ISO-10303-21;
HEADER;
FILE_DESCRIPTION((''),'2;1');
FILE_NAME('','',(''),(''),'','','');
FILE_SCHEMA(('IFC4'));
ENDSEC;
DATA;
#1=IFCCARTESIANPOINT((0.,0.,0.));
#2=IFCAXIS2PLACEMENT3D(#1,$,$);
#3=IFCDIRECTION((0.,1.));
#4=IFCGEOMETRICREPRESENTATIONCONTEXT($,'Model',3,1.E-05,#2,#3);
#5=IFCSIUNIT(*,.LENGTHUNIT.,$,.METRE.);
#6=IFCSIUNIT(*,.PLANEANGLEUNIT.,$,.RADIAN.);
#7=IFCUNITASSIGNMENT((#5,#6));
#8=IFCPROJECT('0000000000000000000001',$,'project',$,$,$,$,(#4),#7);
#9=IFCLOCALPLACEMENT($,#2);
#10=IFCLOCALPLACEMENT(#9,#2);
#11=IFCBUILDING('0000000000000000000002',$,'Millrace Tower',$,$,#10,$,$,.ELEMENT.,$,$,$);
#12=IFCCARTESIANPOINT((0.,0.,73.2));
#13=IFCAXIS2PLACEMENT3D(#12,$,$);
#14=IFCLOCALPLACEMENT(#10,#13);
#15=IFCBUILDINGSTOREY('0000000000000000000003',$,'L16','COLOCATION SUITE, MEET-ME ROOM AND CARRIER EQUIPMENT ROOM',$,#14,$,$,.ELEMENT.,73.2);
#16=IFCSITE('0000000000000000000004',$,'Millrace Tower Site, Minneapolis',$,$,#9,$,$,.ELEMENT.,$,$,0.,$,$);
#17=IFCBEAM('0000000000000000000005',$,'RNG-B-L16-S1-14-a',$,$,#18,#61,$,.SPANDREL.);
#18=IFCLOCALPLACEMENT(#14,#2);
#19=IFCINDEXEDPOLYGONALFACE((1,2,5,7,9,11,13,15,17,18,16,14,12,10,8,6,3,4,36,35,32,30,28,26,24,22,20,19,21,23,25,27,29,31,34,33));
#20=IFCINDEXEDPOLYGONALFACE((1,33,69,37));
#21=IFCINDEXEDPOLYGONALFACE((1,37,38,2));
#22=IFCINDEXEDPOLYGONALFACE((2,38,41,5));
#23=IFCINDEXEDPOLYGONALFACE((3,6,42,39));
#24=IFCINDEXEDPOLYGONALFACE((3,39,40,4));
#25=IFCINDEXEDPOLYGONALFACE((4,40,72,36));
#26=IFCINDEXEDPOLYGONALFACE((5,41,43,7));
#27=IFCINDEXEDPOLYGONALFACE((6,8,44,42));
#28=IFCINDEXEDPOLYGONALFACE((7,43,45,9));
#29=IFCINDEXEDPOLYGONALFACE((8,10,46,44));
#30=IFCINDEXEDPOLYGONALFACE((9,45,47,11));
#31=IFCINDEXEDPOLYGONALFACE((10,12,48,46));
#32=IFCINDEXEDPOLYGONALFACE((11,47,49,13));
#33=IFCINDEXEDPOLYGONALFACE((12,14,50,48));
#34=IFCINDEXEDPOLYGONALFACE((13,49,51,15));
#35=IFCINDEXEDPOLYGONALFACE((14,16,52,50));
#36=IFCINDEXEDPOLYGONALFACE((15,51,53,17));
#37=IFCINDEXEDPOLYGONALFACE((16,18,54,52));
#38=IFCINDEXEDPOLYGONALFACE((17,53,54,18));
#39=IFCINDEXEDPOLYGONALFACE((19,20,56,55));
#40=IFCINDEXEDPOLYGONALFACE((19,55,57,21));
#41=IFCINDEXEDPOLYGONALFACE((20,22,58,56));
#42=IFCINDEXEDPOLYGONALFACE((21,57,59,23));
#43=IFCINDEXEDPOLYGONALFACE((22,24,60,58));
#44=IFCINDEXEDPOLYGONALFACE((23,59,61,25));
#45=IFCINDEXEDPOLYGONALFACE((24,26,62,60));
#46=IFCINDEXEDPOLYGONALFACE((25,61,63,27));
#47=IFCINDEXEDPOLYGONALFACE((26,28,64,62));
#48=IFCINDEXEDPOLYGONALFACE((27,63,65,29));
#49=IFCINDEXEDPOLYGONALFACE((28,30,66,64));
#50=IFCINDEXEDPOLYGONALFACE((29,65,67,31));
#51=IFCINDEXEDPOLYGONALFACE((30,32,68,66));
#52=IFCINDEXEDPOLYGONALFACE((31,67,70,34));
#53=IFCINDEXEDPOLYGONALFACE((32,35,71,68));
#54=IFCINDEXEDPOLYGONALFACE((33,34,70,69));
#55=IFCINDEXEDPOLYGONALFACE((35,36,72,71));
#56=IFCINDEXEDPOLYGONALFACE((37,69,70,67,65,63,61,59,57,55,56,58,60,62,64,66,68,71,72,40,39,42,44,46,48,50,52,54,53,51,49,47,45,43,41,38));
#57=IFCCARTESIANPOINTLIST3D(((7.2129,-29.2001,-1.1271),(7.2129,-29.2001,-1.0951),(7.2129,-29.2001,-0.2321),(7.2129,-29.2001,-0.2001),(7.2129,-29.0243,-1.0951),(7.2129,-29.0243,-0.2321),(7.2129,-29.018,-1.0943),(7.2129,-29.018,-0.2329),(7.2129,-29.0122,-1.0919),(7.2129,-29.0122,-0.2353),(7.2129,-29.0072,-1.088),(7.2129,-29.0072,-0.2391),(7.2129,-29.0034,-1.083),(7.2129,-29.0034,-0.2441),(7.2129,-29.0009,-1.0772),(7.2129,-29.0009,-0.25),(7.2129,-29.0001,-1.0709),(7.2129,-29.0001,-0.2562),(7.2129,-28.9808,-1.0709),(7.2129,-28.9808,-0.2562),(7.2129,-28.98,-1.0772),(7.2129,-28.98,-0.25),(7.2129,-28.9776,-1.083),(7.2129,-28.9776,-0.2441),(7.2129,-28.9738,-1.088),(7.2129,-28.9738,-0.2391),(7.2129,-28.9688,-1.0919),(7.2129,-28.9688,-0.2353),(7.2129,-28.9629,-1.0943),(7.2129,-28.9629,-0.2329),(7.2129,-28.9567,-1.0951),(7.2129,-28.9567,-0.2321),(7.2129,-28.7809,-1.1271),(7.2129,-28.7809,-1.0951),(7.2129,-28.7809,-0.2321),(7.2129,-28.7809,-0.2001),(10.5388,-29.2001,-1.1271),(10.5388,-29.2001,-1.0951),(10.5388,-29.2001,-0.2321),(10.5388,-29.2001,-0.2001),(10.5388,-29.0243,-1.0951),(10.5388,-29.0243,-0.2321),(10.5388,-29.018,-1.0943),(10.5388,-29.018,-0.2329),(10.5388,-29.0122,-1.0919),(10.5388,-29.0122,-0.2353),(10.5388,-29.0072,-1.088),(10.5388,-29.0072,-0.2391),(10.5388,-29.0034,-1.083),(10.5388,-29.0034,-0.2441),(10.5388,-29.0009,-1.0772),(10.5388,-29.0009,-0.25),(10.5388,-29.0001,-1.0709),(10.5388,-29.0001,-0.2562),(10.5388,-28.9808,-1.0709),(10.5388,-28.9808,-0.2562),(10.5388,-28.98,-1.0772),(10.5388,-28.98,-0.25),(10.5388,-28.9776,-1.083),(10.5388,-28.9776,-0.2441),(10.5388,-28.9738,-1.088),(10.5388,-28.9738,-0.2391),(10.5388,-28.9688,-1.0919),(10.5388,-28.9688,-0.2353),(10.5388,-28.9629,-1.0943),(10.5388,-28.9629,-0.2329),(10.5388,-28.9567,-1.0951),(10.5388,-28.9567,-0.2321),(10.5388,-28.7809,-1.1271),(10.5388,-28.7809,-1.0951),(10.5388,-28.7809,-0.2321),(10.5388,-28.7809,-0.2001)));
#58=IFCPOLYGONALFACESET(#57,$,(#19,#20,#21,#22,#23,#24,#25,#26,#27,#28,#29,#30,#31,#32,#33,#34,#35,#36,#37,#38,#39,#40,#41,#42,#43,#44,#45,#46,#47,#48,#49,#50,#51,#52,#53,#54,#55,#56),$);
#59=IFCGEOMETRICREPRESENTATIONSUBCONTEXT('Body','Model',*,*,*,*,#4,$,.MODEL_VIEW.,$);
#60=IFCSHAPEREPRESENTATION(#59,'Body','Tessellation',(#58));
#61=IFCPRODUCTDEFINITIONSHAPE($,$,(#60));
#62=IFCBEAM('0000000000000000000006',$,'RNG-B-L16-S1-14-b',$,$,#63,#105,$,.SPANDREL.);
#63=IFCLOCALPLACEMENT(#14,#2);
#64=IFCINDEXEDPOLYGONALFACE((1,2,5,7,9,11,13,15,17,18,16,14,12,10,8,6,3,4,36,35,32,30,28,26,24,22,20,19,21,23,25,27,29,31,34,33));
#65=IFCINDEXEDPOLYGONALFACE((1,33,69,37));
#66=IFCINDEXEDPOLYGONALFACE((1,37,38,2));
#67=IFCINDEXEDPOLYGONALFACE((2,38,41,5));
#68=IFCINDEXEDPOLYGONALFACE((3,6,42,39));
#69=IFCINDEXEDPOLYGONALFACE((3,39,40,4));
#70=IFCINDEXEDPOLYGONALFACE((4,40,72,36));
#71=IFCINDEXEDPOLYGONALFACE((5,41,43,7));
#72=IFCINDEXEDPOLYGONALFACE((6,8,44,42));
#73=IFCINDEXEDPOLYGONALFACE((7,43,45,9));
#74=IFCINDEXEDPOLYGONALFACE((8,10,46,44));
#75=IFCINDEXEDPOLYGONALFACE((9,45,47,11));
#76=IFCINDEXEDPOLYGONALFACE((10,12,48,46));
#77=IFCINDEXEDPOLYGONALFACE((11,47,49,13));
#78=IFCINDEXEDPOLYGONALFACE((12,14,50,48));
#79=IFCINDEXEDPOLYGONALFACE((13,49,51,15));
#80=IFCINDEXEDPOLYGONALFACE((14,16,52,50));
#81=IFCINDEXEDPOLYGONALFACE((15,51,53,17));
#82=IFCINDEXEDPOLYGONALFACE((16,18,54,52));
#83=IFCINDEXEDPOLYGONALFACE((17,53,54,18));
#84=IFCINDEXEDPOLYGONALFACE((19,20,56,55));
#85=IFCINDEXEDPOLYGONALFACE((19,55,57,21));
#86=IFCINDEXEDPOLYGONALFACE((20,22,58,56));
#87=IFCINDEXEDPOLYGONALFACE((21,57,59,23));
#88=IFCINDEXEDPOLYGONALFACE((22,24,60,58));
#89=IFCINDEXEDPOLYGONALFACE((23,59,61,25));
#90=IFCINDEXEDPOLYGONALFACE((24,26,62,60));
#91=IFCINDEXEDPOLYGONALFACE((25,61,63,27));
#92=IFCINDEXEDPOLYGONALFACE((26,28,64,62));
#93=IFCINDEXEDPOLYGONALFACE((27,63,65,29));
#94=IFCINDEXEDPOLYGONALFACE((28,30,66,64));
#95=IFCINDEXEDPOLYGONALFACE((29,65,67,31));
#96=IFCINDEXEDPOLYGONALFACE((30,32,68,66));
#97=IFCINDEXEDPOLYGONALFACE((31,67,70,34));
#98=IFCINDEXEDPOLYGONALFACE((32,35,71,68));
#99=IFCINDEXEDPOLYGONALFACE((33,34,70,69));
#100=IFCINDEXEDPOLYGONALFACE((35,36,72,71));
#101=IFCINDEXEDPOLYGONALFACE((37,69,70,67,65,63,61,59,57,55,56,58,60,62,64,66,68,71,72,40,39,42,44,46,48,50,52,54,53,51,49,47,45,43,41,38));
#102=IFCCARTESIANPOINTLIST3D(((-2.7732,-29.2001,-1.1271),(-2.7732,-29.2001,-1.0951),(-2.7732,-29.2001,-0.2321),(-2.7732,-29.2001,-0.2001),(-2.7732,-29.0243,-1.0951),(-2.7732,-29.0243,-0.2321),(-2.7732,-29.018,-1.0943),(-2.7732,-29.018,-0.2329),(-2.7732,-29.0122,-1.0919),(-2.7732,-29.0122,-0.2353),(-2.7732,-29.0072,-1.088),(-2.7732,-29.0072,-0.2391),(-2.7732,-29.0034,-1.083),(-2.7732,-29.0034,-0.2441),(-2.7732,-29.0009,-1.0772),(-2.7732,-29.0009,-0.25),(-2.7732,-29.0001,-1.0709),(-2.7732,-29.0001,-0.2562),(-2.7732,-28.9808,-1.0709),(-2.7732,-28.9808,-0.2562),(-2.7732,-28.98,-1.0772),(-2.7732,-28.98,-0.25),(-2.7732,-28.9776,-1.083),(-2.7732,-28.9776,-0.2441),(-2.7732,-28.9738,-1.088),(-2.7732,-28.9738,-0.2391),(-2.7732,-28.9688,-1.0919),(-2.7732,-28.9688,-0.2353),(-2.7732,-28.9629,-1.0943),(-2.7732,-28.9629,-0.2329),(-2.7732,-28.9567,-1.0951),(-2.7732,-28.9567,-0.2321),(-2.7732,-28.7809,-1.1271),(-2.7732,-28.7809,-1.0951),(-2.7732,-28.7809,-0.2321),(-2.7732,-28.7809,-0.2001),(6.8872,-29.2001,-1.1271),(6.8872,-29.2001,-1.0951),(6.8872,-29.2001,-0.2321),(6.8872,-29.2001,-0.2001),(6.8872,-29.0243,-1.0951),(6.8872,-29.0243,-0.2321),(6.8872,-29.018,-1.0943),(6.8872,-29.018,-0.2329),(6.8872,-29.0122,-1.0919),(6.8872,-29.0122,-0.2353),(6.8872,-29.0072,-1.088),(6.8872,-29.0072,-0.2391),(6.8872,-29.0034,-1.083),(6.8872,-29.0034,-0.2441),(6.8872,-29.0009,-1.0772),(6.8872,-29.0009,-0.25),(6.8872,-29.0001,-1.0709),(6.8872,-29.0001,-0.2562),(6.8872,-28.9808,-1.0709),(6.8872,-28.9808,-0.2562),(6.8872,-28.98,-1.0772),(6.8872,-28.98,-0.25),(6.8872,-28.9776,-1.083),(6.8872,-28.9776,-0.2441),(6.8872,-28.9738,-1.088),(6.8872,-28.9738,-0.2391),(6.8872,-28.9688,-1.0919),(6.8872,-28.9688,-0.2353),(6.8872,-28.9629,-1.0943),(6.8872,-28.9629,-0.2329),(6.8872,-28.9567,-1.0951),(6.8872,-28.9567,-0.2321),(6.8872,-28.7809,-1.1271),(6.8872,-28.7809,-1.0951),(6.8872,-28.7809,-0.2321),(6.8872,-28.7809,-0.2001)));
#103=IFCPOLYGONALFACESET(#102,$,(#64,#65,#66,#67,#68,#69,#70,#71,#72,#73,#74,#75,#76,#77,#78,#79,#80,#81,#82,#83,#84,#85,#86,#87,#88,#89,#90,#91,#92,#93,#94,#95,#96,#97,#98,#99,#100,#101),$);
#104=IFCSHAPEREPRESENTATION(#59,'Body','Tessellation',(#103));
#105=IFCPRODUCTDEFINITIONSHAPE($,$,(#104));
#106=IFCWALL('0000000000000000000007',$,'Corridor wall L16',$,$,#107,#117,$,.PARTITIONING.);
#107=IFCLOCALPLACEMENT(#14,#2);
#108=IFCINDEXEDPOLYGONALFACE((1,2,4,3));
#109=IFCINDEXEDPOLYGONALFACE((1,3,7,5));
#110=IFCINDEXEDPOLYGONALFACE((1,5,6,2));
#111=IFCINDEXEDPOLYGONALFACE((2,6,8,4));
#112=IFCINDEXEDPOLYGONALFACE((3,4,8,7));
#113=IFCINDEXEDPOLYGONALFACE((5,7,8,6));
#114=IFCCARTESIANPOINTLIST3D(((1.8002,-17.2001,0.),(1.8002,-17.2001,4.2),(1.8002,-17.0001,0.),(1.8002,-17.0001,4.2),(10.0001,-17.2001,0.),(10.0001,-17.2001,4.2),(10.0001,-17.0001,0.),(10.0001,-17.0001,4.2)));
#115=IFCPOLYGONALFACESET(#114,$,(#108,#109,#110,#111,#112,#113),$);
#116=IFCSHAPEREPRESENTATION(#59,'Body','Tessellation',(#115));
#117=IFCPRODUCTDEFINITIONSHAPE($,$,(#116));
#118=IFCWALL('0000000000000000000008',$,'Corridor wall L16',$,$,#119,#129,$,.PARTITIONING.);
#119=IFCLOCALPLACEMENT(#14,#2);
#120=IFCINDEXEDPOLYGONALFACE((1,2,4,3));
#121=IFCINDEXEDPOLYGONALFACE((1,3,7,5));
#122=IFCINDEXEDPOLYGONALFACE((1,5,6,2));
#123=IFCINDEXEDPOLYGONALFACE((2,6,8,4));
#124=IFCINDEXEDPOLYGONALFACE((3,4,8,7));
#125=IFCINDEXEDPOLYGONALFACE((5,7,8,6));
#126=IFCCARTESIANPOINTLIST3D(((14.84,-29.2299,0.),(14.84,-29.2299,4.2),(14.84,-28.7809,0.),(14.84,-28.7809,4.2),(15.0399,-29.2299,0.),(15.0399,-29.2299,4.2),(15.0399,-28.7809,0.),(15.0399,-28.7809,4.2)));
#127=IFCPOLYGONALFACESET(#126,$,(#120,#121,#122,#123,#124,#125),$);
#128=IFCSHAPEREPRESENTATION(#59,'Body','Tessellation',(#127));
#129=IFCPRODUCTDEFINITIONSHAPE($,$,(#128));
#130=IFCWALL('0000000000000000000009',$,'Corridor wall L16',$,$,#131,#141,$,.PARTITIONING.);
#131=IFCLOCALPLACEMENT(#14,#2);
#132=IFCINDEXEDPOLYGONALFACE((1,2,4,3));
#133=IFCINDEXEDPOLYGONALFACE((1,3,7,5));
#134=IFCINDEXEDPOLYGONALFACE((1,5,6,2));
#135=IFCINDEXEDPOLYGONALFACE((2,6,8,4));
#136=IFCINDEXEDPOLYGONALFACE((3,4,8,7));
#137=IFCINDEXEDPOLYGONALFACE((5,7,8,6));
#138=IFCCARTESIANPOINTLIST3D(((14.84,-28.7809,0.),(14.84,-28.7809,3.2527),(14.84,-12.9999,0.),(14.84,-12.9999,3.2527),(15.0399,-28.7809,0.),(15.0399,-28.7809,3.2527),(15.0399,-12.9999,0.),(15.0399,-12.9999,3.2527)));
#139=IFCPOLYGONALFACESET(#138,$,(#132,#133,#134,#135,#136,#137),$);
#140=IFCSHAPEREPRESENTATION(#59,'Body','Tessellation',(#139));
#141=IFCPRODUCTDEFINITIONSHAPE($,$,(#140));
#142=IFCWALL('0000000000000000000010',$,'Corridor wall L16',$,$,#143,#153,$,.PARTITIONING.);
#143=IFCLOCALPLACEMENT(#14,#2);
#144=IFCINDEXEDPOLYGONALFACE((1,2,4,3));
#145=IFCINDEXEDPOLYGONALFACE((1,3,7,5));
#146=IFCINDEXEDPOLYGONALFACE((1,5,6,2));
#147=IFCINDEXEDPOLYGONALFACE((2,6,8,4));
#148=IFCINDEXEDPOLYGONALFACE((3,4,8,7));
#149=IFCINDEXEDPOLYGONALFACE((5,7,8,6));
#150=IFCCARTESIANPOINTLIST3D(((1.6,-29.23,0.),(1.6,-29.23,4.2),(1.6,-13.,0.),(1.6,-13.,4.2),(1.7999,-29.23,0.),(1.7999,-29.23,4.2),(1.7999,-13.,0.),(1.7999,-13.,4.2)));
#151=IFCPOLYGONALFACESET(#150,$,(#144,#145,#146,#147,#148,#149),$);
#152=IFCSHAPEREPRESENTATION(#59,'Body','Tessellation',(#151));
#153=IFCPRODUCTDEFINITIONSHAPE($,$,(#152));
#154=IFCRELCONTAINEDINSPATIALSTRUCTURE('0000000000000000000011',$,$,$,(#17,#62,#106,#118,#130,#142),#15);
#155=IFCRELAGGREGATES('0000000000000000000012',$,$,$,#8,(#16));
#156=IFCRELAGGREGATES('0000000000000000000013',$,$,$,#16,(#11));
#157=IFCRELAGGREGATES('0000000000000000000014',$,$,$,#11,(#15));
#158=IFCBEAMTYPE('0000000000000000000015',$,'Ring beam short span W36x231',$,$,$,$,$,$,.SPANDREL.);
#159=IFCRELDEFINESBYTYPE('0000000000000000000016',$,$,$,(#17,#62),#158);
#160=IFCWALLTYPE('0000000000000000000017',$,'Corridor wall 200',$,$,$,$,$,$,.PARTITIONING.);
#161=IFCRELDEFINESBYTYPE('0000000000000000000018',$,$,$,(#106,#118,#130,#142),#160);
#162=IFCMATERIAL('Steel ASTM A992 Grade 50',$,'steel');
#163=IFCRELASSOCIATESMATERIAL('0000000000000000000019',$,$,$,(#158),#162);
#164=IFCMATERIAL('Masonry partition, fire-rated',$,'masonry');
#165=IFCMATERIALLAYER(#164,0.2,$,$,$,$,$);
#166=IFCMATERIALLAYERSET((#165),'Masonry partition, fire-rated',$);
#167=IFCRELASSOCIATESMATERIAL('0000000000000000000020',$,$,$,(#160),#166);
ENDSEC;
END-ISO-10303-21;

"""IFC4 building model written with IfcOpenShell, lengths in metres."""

from ifc_helpers import new_model, si_unit, direction, frame, frame_2d, origin, origin_2d, place, context, subcontext, project, spatial, rectangle, i_section, extrude, material, layer, layer_set, material_profile, profile_set, type_object, element, save


model = new_model("IFC4")

# Units and contexts
model_context = context("Model", 3, precision=1e-05, world=origin(), true_north=direction((0.0, 1.0)))
body_context = subcontext(model_context, "Body", "Model", "MODEL_VIEW")
ifc_project = project(units=[si_unit("LENGTHUNIT", "METRE"), si_unit("PLANEANGLEUNIT", "RADIAN")], contexts=[model_context])

# Site, building, storey
site_placement = place(None, origin())
site = spatial("IfcSite", under=ifc_project, at=site_placement, Name="Millrace Tower Site, Minneapolis", CompositionType="ELEMENT", RefElevation=0.0)
building_placement = place(site_placement, origin())
building = spatial("IfcBuilding", under=site, at=building_placement, Name="Millrace Tower", CompositionType="ELEMENT")
storey_placement = place(building_placement, frame((0.0, 0.0, 73.2)))
storey = spatial("IfcBuildingStorey", under=building, at=storey_placement, Name="L16", Description="COLOCATION SUITE, MEET-ME ROOM AND CARRIER EQUIPMENT ROOM", CompositionType="ELEMENT", Elevation=73.2)

# Beams
ifc_material_1 = material(Name="Steel ASTM A992 Grade 50", Category="steel")
ifc_material_profile_1 = material_profile(ifc_material_1, i_section(OverallWidth=0.4192, OverallDepth=0.927, WebThickness=0.0193, FlangeThickness=0.032, FilletRadius=0.0242, at=origin_2d()))
ifc_profile_set_1 = profile_set([ifc_material_profile_1], Name="Steel ASTM A992 Grade 50")
beam_type_1 = type_object("IfcBeamType", Name="Ring beam short span W36x231", PredefinedType="SPANDREL", material=ifc_profile_set_1)
beam_1_placement = place(storey_placement, frame((10.5388, -28.9905, -0.6636), z_axis=(-1.0, 0.0, 0.0), x_axis=(0.0, -1.0, 0.0)))
element("IfcBeam", 1, at=beam_1_placement, inside=storey, type_object=beam_type_1, Name="RNG-B-L16-S1-14-a", PredefinedType="SPANDREL", context=body_context, shape_type="SweptSolid", body=[
    extrude(i_section(OverallWidth=0.4192, OverallDepth=0.927, WebThickness=0.0193, FlangeThickness=0.032, FilletRadius=0.0242, at=origin_2d()), origin(), (0.0, 0.0, 1.0), 3.3259),
])
beam_2_placement = place(storey_placement, frame((6.8872, -28.9905, -0.6636), z_axis=(-1.0, 0.0, 0.0), x_axis=(0.0, -1.0, 0.0)))
element("IfcBeam", 2, at=beam_2_placement, inside=storey, type_object=beam_type_1, Name="RNG-B-L16-S1-14-b", PredefinedType="SPANDREL", context=body_context, shape_type="SweptSolid", body=[
    extrude(i_section(OverallWidth=0.4192, OverallDepth=0.927, WebThickness=0.0193, FlangeThickness=0.032, FilletRadius=0.0242, at=origin_2d()), origin(), (0.0, 0.0, 1.0), 9.6604),
])

# Walls
ifc_material_2 = material(Name="Masonry partition, fire-rated", Category="masonry")
ifc_layer_1 = layer(ifc_material_2, 0.2)
ifc_layer_set_1 = layer_set([ifc_layer_1], Name="Masonry partition, fire-rated")
wall_type = type_object("IfcWallType", Name="Corridor wall 200", PredefinedType="PARTITIONING", material=ifc_layer_set_1)
wall_1_placement = place(storey_placement, frame((1.8, -17.1001, 0.0), z_axis=(0.0, 0.0, 1.0), x_axis=(1.0, 0.0, 0.0)))
element("IfcWall", 3, at=wall_1_placement, inside=storey, type_object=wall_type, Name="Corridor wall L16", PredefinedType="PARTITIONING", context=body_context, shape_type="SweptSolid", body=[
    extrude(rectangle(XDim=8.2, YDim=0.2, at=frame_2d((4.1001, 0.0))), origin(), (0.0, 0.0, 1.0), 4.2),
])
wall_2_placement = place(storey_placement, frame((14.9399, -29.23, 0.0), z_axis=(0.0, 0.0, 1.0), x_axis=(0.0, 1.0, 0.0)))
element("IfcWall", 4, at=wall_2_placement, inside=storey, type_object=wall_type, Name="Corridor wall L16", PredefinedType="PARTITIONING", context=body_context, shape_type="SweptSolid", body=[
    extrude(rectangle(XDim=0.449, YDim=0.2, at=frame_2d((0.2246, 0.0))), origin(), (0.0, 0.0, 1.0), 4.2),
])
wall_3_placement = place(storey_placement, frame((14.9399, -28.781, 0.0), z_axis=(0.0, 0.0, 1.0), x_axis=(0.0, 1.0, 0.0)))
element("IfcWall", 5, at=wall_3_placement, inside=storey, type_object=wall_type, Name="Corridor wall L16", PredefinedType="PARTITIONING", context=body_context, shape_type="SweptSolid", body=[
    extrude(rectangle(XDim=15.781, YDim=0.2, at=frame_2d((7.8906, 0.0))), origin(), (0.0, 0.0, 1.0), 3.2527),
])
wall_4_placement = place(storey_placement, frame((1.7, -29.23, 0.0), z_axis=(0.0, 0.0, 1.0), x_axis=(0.0, 1.0, 0.0)))
element("IfcWall", 6, at=wall_4_placement, inside=storey, type_object=wall_type, Name="Corridor wall L16", PredefinedType="PARTITIONING", context=body_context, shape_type="SweptSolid", body=[
    extrude(rectangle(XDim=16.23, YDim=0.2, at=frame_2d((8.115, 0.0))), origin(), (0.0, 0.0, 1.0), 4.2),
])

save(model, "model.ifc")
